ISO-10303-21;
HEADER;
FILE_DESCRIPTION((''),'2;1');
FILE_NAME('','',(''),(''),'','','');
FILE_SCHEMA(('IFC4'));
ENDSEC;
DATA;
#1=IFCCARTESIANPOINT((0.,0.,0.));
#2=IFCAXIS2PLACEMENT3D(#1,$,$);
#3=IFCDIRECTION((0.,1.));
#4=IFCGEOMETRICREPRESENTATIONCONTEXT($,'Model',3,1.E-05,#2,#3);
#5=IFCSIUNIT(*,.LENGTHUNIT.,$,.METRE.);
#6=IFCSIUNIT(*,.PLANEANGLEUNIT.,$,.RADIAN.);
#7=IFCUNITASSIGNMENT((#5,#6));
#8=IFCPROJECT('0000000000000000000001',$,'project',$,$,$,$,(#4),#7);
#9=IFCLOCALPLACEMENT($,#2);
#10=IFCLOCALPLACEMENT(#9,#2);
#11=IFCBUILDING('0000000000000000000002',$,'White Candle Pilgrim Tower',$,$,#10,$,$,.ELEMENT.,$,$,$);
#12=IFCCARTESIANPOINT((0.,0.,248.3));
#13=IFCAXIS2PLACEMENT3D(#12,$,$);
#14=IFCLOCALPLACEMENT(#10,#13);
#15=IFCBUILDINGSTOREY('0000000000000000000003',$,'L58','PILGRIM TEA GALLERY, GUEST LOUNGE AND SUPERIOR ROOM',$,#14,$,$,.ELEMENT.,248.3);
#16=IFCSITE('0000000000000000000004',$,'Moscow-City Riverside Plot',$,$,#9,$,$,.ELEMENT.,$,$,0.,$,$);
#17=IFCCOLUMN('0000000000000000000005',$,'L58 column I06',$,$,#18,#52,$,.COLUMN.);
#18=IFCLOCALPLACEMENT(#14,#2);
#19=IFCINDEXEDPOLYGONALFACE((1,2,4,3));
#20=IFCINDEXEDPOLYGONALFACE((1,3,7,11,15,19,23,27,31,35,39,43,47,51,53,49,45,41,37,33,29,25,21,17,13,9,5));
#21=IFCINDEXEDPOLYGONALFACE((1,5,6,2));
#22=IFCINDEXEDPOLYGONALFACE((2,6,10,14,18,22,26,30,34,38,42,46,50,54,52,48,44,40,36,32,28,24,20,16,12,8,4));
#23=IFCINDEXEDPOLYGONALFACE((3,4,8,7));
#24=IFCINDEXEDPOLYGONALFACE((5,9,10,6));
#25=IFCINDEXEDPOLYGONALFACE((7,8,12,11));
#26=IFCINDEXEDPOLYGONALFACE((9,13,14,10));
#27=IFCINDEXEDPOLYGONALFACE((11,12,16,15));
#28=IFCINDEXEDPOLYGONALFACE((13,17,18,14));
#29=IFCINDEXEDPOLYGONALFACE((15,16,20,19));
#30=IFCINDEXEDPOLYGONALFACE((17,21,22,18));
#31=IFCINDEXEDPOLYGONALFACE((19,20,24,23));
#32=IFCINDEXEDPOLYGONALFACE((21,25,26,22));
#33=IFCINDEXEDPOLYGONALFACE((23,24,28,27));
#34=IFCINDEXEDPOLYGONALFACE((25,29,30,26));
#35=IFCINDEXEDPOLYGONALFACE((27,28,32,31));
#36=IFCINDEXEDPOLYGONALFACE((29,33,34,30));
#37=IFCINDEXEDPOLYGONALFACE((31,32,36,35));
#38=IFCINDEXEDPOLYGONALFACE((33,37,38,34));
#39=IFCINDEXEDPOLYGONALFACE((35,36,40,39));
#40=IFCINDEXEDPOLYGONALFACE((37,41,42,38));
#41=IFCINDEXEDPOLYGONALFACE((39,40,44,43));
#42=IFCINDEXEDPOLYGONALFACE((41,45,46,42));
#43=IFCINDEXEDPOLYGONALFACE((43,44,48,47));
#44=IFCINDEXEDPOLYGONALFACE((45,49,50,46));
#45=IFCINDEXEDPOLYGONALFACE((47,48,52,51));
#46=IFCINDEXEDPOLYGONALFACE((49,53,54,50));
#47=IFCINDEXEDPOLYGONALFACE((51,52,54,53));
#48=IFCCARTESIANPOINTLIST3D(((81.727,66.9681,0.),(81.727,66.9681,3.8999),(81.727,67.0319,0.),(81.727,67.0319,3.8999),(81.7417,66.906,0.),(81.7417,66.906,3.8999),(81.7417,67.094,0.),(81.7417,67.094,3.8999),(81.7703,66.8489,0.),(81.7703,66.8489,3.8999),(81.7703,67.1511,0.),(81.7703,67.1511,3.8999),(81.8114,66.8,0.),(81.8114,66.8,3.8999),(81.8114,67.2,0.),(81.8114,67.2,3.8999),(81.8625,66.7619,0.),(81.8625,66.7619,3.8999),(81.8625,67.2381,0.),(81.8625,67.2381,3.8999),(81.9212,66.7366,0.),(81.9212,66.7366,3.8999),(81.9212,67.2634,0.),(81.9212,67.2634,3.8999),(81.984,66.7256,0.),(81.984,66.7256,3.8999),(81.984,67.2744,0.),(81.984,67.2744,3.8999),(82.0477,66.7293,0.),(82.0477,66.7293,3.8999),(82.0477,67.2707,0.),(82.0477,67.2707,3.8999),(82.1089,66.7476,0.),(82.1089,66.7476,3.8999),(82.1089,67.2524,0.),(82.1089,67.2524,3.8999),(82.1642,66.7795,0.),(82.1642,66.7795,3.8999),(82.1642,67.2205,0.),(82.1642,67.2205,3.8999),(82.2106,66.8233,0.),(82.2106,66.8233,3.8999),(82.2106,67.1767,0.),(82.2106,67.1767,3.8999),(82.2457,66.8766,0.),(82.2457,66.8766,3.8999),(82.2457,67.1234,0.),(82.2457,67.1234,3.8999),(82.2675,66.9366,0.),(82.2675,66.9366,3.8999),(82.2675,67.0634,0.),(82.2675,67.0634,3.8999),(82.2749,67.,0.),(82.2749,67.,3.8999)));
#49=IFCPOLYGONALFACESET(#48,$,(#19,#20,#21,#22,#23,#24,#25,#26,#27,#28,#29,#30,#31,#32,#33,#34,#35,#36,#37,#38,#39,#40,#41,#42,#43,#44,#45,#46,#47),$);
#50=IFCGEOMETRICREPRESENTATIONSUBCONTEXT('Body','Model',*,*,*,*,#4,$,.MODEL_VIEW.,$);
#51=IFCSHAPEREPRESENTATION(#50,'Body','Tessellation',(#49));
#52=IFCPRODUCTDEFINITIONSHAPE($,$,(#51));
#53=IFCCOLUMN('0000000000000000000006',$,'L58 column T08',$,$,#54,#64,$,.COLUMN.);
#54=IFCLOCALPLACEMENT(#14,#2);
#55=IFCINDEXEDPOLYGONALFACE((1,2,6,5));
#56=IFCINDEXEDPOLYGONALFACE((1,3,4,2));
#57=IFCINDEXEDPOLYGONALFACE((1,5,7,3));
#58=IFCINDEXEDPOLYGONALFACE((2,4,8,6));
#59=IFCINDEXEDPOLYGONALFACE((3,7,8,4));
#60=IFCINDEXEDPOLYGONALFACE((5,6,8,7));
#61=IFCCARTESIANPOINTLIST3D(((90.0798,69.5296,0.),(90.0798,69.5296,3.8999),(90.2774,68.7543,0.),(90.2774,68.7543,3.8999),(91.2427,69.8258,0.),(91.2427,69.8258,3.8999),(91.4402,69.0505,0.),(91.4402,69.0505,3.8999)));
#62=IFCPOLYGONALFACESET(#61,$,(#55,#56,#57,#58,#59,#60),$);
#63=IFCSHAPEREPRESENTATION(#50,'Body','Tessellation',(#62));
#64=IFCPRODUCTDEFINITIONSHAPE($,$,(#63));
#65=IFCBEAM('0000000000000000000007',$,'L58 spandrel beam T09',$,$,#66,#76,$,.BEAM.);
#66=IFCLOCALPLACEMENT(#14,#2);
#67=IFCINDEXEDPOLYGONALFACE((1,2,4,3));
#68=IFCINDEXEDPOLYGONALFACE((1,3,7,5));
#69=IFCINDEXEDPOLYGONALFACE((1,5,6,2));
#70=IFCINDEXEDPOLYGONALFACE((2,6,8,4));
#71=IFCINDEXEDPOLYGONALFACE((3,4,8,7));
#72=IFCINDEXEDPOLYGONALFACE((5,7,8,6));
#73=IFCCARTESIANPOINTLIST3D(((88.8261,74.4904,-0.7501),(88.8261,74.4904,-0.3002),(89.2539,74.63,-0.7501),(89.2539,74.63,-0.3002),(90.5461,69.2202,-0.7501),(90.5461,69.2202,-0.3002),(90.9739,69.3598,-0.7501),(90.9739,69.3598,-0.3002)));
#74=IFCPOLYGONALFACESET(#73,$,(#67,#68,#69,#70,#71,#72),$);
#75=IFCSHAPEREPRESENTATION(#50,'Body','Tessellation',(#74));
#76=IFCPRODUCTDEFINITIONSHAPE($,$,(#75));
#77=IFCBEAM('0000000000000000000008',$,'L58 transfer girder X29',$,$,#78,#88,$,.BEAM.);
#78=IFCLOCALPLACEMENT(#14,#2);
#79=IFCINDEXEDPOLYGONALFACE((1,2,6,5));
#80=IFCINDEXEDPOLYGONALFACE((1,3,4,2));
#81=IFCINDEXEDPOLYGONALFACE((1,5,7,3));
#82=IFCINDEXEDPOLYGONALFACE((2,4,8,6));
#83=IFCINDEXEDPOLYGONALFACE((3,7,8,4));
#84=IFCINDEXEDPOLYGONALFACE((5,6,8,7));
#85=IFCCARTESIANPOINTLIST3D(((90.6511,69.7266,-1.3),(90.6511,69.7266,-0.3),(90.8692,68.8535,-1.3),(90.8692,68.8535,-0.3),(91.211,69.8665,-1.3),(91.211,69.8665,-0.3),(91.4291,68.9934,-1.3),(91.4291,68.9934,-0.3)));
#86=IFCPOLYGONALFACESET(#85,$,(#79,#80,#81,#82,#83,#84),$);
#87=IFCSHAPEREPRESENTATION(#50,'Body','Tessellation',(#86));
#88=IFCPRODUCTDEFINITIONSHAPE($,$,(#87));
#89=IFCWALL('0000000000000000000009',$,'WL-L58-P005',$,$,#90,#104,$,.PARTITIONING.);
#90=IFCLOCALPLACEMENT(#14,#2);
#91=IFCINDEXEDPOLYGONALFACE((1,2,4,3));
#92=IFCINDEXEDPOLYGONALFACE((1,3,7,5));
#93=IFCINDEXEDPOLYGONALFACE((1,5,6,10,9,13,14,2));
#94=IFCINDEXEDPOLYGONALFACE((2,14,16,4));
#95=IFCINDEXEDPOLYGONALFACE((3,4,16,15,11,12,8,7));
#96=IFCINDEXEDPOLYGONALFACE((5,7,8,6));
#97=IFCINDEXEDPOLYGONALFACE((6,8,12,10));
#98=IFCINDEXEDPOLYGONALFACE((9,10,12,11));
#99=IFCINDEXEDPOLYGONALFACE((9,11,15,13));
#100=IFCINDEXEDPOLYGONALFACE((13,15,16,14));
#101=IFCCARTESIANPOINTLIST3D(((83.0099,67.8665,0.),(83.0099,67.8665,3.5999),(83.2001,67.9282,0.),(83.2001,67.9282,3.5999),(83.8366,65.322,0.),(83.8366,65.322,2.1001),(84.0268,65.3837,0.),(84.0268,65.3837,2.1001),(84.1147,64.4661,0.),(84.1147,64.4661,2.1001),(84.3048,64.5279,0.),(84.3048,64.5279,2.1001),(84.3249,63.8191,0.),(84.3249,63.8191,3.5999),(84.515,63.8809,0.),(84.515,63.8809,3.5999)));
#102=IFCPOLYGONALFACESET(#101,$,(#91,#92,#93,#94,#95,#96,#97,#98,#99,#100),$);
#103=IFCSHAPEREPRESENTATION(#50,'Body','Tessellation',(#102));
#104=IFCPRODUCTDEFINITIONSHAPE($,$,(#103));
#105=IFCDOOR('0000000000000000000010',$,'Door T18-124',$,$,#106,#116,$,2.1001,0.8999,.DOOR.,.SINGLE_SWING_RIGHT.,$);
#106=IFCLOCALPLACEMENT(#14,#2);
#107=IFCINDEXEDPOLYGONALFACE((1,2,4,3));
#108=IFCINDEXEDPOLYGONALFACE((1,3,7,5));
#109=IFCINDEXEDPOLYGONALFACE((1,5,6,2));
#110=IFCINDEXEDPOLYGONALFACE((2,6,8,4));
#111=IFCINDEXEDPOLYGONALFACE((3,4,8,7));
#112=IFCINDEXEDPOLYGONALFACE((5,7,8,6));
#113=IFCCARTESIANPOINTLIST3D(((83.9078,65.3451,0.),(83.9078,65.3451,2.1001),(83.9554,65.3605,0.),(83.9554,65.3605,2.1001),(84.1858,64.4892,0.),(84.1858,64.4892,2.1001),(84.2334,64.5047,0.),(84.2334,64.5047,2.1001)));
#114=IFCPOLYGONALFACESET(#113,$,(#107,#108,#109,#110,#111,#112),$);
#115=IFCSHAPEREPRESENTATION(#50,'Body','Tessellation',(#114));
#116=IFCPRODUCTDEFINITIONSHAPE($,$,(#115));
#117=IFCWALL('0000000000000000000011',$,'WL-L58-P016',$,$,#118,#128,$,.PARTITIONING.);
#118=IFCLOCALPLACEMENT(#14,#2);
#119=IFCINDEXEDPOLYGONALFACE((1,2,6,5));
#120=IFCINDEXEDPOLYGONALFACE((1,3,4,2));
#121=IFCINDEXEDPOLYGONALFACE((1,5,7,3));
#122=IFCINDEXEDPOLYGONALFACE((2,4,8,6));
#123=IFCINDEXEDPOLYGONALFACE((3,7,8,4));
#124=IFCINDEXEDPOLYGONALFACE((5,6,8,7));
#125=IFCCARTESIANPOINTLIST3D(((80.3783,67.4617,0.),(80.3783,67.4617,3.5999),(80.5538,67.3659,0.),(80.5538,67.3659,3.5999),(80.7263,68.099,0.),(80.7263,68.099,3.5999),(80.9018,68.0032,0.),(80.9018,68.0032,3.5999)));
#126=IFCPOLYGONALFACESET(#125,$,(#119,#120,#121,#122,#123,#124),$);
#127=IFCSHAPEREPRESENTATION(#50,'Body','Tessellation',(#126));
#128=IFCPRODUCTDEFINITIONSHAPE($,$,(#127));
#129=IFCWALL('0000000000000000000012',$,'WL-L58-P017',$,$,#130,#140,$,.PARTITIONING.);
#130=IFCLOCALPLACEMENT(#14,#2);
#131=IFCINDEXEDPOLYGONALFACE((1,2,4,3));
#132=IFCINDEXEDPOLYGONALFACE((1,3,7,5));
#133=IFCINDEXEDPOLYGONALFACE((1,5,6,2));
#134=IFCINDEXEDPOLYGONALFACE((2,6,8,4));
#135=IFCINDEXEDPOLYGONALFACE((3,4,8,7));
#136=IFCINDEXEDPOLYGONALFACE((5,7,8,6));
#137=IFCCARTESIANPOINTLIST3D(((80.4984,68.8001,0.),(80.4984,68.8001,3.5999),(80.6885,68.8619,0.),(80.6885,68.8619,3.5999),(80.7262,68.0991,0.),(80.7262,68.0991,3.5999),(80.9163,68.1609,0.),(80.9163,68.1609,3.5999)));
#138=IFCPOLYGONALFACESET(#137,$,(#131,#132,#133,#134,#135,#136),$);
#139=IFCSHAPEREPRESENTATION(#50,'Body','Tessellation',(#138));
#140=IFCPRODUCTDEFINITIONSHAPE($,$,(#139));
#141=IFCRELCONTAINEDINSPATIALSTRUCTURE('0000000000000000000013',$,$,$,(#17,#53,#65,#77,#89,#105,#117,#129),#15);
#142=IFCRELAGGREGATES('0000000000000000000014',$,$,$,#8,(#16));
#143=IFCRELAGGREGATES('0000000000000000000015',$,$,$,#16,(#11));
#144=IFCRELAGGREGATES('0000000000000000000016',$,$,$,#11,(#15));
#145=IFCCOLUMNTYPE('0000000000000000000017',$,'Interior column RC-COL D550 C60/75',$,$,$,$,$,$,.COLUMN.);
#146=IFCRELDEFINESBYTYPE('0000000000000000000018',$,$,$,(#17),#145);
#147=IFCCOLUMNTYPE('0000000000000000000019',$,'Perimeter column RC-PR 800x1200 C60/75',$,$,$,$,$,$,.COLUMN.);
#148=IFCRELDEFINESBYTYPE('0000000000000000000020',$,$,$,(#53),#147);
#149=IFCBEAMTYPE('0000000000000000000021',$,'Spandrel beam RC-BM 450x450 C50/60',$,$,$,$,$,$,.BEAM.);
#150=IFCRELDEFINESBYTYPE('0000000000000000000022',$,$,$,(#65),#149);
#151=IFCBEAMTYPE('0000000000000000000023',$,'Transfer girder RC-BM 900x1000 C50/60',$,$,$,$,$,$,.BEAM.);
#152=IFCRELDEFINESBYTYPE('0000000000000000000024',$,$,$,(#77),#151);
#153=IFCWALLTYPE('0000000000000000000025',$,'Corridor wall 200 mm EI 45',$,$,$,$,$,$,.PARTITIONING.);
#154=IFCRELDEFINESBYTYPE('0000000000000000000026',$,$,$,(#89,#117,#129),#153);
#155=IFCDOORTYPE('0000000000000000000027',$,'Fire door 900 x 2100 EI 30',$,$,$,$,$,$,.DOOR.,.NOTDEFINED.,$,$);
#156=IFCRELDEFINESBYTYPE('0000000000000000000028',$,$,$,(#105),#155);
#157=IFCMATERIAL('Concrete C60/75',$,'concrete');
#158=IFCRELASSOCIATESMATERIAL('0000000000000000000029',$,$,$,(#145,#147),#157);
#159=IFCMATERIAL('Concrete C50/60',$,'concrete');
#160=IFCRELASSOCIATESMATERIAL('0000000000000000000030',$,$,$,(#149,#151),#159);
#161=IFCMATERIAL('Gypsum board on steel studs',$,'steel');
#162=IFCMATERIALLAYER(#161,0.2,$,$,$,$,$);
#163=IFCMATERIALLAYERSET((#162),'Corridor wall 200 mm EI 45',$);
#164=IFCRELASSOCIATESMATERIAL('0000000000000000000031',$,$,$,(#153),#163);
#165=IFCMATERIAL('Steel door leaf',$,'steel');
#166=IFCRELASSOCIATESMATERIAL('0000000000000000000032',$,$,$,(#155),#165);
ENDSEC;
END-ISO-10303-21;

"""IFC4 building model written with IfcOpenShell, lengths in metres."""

from ifc_helpers import new_model, si_unit, direction, frame, frame_2d, origin, origin_2d, place, context, subcontext, project, spatial, rectangle, circle, extrude, material, layer, layer_set, material_profile, profile_set, type_object, element, fill, save


model = new_model("IFC4")

# Units and contexts
model_context = context("Model", 3, precision=1e-05, world=origin(), true_north=direction((0.0, 1.0)))
body_context = subcontext(model_context, "Body", "Model", "MODEL_VIEW")
ifc_project = project(units=[si_unit("LENGTHUNIT", "METRE"), si_unit("PLANEANGLEUNIT", "RADIAN")], contexts=[model_context])

# Site, building, storey
site_placement = place(None, origin())
site = spatial("IfcSite", under=ifc_project, at=site_placement, Name="Moscow-City Riverside Plot", CompositionType="ELEMENT", RefElevation=0.0)
building_placement = place(site_placement, origin())
building = spatial("IfcBuilding", under=site, at=building_placement, Name="White Candle Pilgrim Tower", CompositionType="ELEMENT")
storey_placement = place(building_placement, frame((0.0, 0.0, 248.3)))
storey = spatial("IfcBuildingStorey", under=building, at=storey_placement, Name="L58", Description="PILGRIM TEA GALLERY, GUEST LOUNGE AND SUPERIOR ROOM", CompositionType="ELEMENT", Elevation=248.3)

# Columns
ifc_material_1 = material(Name="Concrete C60/75", Category="concrete")
ifc_material_profile_1 = material_profile(ifc_material_1, circle(Radius=0.2749, at=origin_2d()), Name="RC-COL D550")
ifc_profile_set_1 = profile_set([ifc_material_profile_1], Name="Concrete C60/75")
column_type_1 = type_object("IfcColumnType", Name="Interior column RC-COL D550 C60/75", PredefinedType="COLUMN", material=ifc_profile_set_1)
column_1_placement = place(storey_placement, frame((82.0, 67.0, 0.0), z_axis=(0.0, 0.0, 1.0), x_axis=(1.0, 0.0, 0.0)))
element("IfcColumn", 1, at=column_1_placement, inside=storey, type_object=column_type_1, Name="L58 column I06", PredefinedType="COLUMN", context=body_context, shape_type="SweptSolid", body=[
    extrude(circle(Radius=0.2749, at=origin_2d()), origin(), (0.0, 0.0, 1.0), 3.8999),
])
ifc_material_profile_2 = material_profile(ifc_material_1, rectangle(XDim=0.8, YDim=1.2, at=origin_2d()), Name="RC-PR 800x1200")
ifc_profile_set_2 = profile_set([ifc_material_profile_2], Name="Concrete C60/75")
column_type_2 = type_object("IfcColumnType", Name="Perimeter column RC-PR 800x1200 C60/75", PredefinedType="COLUMN", material=ifc_profile_set_2)
column_2_placement = place(storey_placement, frame((90.76, 69.29, 0.0), z_axis=(0.0, 0.0, 1.0), x_axis=(0.246881, -0.969046, 0.0)))
element("IfcColumn", 2, at=column_2_placement, inside=storey, type_object=column_type_2, Name="L58 column T08", PredefinedType="COLUMN", context=body_context, shape_type="SweptSolid", body=[
    extrude(rectangle(XDim=0.8, YDim=1.2, at=origin_2d()), origin(), (0.0, 0.0, 1.0), 3.8999),
])

# Beams
ifc_material_2 = material(Name="Concrete C50/60", Category="concrete")
ifc_material_profile_3 = material_profile(ifc_material_2, rectangle(XDim=0.45, YDim=0.45, at=origin_2d()), Name="RC-BM 450x450")
ifc_profile_set_3 = profile_set([ifc_material_profile_3], Name="Concrete C50/60")
beam_type_1 = type_object("IfcBeamType", Name="Spandrel beam RC-BM 450x450 C50/60", PredefinedType="BEAM", material=ifc_profile_set_3)
beam_1_placement = place(storey_placement, frame((90.76, 69.29, -0.5251), z_axis=(-0.310263, 0.950651, 0.0), x_axis=(-0.950651, -0.310263, 0.0)))
element("IfcBeam", 3, at=beam_1_placement, inside=storey, type_object=beam_type_1, Name="L58 spandrel beam T09", PredefinedType="BEAM", context=body_context, shape_type="SweptSolid", body=[
    extrude(rectangle(XDim=0.45, YDim=0.45, at=origin_2d()), origin(), (0.0, 0.0, 1.0), 5.5437),
])
ifc_material_profile_4 = material_profile(ifc_material_2, rectangle(XDim=0.8999, YDim=1.0, at=origin_2d()), Name="RC-BM 900x1000")
ifc_profile_set_4 = profile_set([ifc_material_profile_4], Name="Concrete C50/60")
beam_type_2 = type_object("IfcBeamType", Name="Transfer girder RC-BM 900x1000 C50/60", PredefinedType="BEAM", material=ifc_profile_set_4)
beam_2_placement = place(storey_placement, frame((91.3201, 69.4299, -0.8), z_axis=(-0.970192, -0.242337, 0.0), x_axis=(0.242337, -0.970192, 0.0)))
element("IfcBeam", 4, at=beam_2_placement, inside=storey, type_object=beam_type_2, Name="L58 transfer girder X29", PredefinedType="BEAM", context=body_context, shape_type="SweptSolid", body=[
    extrude(rectangle(XDim=0.8999, YDim=1.0, at=origin_2d()), origin(), (0.0, 0.0, 1.0), 0.5771),
])

# Wall, opening, door
ifc_material_3 = material(Name="Gypsum board on steel studs", Category="steel")
ifc_layer_1 = layer(ifc_material_3, 0.2)
ifc_layer_set_1 = layer_set([ifc_layer_1], Name="Corridor wall 200 mm EI 45")
wall_type_1 = type_object("IfcWallType", Name="Corridor wall 200 mm EI 45", PredefinedType="PARTITIONING", material=ifc_layer_set_1)
wall_1_placement = place(storey_placement, frame((83.105, 67.8975, 0.0), z_axis=(0.0, 0.0, 1.0), x_axis=(0.30899, -0.951065, 0.0)))
wall_1 = element("IfcWall", 5, at=wall_1_placement, inside=storey, type_object=wall_type_1, Name="WL-L58-P005", PredefinedType="PARTITIONING", context=body_context, shape_type="SweptSolid", body=[
    extrude(rectangle(XDim=4.2556, YDim=0.2, at=frame_2d((2.1279, 0.0))), origin(), (0.0, 0.0, 1.0), 3.5999),
])
opening_1_placement = place(wall_1_placement, frame((2.6755, 0.0, 0.0)))
opening_1 = element("IfcOpeningElement", 6, at=opening_1_placement, cuts=wall_1, PredefinedType="OPENING", context=body_context, shape_type="SweptSolid", body=[
    extrude(rectangle(XDim=0.8999, YDim=2.1001, at=frame_2d((0.45, 1.05))), frame((0.0, 0.1099, 0.0), z_axis=(0.0, -1.0, 0.0), x_axis=(1.0, 0.0, 0.0)), (0.0, 0.0, 1.0), 0.22),
])
ifc_material_4 = material(Name="Steel door leaf", Category="steel")
door_type_1 = type_object("IfcDoorType", Name="Fire door 900 x 2100 EI 30", OperationType="NOTDEFINED", PredefinedType="DOOR", material=ifc_material_4)
door_1_placement = place(opening_1_placement, origin())
door_1 = element("IfcDoor", 7, at=door_1_placement, inside=storey, type_object=door_type_1, Name="Door T18-124", OperationType="SINGLE_SWING_RIGHT", OverallHeight=2.1001, OverallWidth=0.8999, PredefinedType="DOOR", context=body_context, shape_type="SweptSolid", body=[
    extrude(rectangle(XDim=0.8999, YDim=2.1001, at=frame_2d((0.45, 1.05))), frame((0.0, 0.0249, 0.0), z_axis=(0.0, -1.0, 0.0), x_axis=(1.0, 0.0, 0.0)), (0.0, 0.0, 1.0), 0.05),
])
fill(opening_1, door_1)

# Walls
wall_2_placement = place(storey_placement, frame((80.4661, 67.4138, 0.0), z_axis=(0.0, 0.0, 1.0), x_axis=(0.479206, 0.877703, 0.0)))
element("IfcWall", 8, at=wall_2_placement, inside=storey, type_object=wall_type_1, Name="WL-L58-P016", PredefinedType="PARTITIONING", context=body_context, shape_type="SweptSolid", body=[
    extrude(rectangle(XDim=0.7261, YDim=0.2, at=frame_2d((0.363, 0.0))), origin(), (0.0, 0.0, 1.0), 3.5999),
])
wall_3_placement = place(storey_placement, frame((80.8213, 68.1299, 0.0), z_axis=(0.0, 0.0, 1.0), x_axis=(-0.309064, 0.951041, 0.0)))
element("IfcWall", 9, at=wall_3_placement, inside=storey, type_object=wall_type_1, Name="WL-L58-P017", PredefinedType="PARTITIONING", context=body_context, shape_type="SweptSolid", body=[
    extrude(rectangle(XDim=0.7371, YDim=0.2, at=frame_2d((0.3687, 0.0))), origin(), (0.0, 0.0, 1.0), 3.5999),
])

save(model, "model.ifc")
